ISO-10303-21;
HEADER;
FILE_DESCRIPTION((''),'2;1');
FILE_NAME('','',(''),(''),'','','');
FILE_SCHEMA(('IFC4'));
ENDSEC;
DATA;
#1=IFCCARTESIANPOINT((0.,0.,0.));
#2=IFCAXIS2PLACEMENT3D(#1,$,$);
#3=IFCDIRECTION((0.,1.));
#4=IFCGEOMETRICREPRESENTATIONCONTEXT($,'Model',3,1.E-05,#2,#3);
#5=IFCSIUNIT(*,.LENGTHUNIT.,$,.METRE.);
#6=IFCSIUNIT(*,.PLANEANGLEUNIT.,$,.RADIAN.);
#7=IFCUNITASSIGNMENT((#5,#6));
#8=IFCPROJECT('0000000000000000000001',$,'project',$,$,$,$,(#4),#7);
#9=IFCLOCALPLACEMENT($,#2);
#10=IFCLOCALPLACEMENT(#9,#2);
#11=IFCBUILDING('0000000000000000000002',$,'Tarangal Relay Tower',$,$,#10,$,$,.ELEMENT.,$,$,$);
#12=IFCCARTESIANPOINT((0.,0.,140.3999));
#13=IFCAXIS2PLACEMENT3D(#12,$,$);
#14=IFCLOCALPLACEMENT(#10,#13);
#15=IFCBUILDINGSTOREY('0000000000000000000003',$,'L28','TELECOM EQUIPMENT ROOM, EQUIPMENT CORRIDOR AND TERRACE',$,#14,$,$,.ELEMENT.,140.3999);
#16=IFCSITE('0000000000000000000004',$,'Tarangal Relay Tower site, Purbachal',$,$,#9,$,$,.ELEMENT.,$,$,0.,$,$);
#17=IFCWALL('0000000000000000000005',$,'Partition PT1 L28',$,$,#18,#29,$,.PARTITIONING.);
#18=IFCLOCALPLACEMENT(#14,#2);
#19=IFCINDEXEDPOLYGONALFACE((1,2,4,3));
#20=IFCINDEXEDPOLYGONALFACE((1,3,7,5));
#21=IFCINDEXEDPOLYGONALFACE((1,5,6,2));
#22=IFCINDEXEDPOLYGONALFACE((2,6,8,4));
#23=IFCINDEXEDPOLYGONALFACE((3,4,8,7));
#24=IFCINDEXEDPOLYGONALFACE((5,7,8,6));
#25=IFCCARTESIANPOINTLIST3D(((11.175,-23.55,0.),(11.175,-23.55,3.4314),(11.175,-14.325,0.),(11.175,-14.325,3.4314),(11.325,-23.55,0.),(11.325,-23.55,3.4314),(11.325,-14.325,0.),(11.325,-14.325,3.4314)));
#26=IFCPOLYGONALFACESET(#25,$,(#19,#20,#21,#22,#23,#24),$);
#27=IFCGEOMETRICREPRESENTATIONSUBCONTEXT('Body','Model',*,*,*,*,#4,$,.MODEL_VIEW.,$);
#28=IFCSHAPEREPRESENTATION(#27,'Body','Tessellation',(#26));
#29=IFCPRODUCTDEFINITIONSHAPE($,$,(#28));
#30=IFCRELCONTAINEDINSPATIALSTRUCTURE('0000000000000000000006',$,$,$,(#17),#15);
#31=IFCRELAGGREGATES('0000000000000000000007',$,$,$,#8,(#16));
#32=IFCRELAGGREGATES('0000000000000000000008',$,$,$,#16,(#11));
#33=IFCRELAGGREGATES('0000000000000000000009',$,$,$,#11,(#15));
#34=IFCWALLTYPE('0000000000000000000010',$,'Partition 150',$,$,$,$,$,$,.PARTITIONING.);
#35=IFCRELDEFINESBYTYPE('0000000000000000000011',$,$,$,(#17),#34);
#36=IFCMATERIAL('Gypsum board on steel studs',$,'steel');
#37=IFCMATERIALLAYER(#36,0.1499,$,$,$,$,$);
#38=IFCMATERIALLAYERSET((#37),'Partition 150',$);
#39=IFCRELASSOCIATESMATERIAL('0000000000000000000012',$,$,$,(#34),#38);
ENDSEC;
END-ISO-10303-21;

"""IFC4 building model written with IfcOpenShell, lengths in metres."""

from ifc_helpers import new_model, si_unit, direction, frame, frame_2d, origin, place, context, subcontext, project, spatial, rectangle, extrude, material, layer, layer_set, type_object, element, save


model = new_model("IFC4")

# Units and contexts
model_context = context("Model", 3, precision=1e-05, world=origin(), true_north=direction((0.0, 1.0)))
body_context = subcontext(model_context, "Body", "Model", "MODEL_VIEW")
ifc_project = project(units=[si_unit("LENGTHUNIT", "METRE"), si_unit("PLANEANGLEUNIT", "RADIAN")], contexts=[model_context])

# Site, building, storey
site_placement = place(None, origin())
site = spatial("IfcSite", under=ifc_project, at=site_placement, Name="Tarangal Relay Tower site, Purbachal", CompositionType="ELEMENT", RefElevation=0.0)
building_placement = place(site_placement, origin())
building = spatial("IfcBuilding", under=site, at=building_placement, Name="Tarangal Relay Tower", CompositionType="ELEMENT")
storey_placement = place(building_placement, frame((0.0, 0.0, 140.3999)))
storey = spatial("IfcBuildingStorey", under=building, at=storey_placement, Name="L28", Description="TELECOM EQUIPMENT ROOM, EQUIPMENT CORRIDOR AND TERRACE", CompositionType="ELEMENT", Elevation=140.3999)

# Wall
ifc_material_1 = material(Name="Gypsum board on steel studs", Category="steel")
ifc_layer_1 = layer(ifc_material_1, 0.1499)
ifc_layer_set_1 = layer_set([ifc_layer_1], Name="Partition 150")
wall_type_1 = type_object("IfcWallType", Name="Partition 150", PredefinedType="PARTITIONING", material=ifc_layer_set_1)
wall_1_placement = place(storey_placement, frame((11.25, -23.55, 0.0), z_axis=(0.0, 0.0, 1.0), x_axis=(0.0, 1.0, 0.0)))
element("IfcWall", 1, at=wall_1_placement, inside=storey, type_object=wall_type_1, Name="Partition PT1 L28", PredefinedType="PARTITIONING", context=body_context, shape_type="SweptSolid", body=[
    extrude(rectangle(XDim=9.2251, YDim=0.1499, at=frame_2d((4.6125, 0.0))), origin(), (0.0, 0.0, 1.0), 3.4314),
])

save(model, "model.ifc")
